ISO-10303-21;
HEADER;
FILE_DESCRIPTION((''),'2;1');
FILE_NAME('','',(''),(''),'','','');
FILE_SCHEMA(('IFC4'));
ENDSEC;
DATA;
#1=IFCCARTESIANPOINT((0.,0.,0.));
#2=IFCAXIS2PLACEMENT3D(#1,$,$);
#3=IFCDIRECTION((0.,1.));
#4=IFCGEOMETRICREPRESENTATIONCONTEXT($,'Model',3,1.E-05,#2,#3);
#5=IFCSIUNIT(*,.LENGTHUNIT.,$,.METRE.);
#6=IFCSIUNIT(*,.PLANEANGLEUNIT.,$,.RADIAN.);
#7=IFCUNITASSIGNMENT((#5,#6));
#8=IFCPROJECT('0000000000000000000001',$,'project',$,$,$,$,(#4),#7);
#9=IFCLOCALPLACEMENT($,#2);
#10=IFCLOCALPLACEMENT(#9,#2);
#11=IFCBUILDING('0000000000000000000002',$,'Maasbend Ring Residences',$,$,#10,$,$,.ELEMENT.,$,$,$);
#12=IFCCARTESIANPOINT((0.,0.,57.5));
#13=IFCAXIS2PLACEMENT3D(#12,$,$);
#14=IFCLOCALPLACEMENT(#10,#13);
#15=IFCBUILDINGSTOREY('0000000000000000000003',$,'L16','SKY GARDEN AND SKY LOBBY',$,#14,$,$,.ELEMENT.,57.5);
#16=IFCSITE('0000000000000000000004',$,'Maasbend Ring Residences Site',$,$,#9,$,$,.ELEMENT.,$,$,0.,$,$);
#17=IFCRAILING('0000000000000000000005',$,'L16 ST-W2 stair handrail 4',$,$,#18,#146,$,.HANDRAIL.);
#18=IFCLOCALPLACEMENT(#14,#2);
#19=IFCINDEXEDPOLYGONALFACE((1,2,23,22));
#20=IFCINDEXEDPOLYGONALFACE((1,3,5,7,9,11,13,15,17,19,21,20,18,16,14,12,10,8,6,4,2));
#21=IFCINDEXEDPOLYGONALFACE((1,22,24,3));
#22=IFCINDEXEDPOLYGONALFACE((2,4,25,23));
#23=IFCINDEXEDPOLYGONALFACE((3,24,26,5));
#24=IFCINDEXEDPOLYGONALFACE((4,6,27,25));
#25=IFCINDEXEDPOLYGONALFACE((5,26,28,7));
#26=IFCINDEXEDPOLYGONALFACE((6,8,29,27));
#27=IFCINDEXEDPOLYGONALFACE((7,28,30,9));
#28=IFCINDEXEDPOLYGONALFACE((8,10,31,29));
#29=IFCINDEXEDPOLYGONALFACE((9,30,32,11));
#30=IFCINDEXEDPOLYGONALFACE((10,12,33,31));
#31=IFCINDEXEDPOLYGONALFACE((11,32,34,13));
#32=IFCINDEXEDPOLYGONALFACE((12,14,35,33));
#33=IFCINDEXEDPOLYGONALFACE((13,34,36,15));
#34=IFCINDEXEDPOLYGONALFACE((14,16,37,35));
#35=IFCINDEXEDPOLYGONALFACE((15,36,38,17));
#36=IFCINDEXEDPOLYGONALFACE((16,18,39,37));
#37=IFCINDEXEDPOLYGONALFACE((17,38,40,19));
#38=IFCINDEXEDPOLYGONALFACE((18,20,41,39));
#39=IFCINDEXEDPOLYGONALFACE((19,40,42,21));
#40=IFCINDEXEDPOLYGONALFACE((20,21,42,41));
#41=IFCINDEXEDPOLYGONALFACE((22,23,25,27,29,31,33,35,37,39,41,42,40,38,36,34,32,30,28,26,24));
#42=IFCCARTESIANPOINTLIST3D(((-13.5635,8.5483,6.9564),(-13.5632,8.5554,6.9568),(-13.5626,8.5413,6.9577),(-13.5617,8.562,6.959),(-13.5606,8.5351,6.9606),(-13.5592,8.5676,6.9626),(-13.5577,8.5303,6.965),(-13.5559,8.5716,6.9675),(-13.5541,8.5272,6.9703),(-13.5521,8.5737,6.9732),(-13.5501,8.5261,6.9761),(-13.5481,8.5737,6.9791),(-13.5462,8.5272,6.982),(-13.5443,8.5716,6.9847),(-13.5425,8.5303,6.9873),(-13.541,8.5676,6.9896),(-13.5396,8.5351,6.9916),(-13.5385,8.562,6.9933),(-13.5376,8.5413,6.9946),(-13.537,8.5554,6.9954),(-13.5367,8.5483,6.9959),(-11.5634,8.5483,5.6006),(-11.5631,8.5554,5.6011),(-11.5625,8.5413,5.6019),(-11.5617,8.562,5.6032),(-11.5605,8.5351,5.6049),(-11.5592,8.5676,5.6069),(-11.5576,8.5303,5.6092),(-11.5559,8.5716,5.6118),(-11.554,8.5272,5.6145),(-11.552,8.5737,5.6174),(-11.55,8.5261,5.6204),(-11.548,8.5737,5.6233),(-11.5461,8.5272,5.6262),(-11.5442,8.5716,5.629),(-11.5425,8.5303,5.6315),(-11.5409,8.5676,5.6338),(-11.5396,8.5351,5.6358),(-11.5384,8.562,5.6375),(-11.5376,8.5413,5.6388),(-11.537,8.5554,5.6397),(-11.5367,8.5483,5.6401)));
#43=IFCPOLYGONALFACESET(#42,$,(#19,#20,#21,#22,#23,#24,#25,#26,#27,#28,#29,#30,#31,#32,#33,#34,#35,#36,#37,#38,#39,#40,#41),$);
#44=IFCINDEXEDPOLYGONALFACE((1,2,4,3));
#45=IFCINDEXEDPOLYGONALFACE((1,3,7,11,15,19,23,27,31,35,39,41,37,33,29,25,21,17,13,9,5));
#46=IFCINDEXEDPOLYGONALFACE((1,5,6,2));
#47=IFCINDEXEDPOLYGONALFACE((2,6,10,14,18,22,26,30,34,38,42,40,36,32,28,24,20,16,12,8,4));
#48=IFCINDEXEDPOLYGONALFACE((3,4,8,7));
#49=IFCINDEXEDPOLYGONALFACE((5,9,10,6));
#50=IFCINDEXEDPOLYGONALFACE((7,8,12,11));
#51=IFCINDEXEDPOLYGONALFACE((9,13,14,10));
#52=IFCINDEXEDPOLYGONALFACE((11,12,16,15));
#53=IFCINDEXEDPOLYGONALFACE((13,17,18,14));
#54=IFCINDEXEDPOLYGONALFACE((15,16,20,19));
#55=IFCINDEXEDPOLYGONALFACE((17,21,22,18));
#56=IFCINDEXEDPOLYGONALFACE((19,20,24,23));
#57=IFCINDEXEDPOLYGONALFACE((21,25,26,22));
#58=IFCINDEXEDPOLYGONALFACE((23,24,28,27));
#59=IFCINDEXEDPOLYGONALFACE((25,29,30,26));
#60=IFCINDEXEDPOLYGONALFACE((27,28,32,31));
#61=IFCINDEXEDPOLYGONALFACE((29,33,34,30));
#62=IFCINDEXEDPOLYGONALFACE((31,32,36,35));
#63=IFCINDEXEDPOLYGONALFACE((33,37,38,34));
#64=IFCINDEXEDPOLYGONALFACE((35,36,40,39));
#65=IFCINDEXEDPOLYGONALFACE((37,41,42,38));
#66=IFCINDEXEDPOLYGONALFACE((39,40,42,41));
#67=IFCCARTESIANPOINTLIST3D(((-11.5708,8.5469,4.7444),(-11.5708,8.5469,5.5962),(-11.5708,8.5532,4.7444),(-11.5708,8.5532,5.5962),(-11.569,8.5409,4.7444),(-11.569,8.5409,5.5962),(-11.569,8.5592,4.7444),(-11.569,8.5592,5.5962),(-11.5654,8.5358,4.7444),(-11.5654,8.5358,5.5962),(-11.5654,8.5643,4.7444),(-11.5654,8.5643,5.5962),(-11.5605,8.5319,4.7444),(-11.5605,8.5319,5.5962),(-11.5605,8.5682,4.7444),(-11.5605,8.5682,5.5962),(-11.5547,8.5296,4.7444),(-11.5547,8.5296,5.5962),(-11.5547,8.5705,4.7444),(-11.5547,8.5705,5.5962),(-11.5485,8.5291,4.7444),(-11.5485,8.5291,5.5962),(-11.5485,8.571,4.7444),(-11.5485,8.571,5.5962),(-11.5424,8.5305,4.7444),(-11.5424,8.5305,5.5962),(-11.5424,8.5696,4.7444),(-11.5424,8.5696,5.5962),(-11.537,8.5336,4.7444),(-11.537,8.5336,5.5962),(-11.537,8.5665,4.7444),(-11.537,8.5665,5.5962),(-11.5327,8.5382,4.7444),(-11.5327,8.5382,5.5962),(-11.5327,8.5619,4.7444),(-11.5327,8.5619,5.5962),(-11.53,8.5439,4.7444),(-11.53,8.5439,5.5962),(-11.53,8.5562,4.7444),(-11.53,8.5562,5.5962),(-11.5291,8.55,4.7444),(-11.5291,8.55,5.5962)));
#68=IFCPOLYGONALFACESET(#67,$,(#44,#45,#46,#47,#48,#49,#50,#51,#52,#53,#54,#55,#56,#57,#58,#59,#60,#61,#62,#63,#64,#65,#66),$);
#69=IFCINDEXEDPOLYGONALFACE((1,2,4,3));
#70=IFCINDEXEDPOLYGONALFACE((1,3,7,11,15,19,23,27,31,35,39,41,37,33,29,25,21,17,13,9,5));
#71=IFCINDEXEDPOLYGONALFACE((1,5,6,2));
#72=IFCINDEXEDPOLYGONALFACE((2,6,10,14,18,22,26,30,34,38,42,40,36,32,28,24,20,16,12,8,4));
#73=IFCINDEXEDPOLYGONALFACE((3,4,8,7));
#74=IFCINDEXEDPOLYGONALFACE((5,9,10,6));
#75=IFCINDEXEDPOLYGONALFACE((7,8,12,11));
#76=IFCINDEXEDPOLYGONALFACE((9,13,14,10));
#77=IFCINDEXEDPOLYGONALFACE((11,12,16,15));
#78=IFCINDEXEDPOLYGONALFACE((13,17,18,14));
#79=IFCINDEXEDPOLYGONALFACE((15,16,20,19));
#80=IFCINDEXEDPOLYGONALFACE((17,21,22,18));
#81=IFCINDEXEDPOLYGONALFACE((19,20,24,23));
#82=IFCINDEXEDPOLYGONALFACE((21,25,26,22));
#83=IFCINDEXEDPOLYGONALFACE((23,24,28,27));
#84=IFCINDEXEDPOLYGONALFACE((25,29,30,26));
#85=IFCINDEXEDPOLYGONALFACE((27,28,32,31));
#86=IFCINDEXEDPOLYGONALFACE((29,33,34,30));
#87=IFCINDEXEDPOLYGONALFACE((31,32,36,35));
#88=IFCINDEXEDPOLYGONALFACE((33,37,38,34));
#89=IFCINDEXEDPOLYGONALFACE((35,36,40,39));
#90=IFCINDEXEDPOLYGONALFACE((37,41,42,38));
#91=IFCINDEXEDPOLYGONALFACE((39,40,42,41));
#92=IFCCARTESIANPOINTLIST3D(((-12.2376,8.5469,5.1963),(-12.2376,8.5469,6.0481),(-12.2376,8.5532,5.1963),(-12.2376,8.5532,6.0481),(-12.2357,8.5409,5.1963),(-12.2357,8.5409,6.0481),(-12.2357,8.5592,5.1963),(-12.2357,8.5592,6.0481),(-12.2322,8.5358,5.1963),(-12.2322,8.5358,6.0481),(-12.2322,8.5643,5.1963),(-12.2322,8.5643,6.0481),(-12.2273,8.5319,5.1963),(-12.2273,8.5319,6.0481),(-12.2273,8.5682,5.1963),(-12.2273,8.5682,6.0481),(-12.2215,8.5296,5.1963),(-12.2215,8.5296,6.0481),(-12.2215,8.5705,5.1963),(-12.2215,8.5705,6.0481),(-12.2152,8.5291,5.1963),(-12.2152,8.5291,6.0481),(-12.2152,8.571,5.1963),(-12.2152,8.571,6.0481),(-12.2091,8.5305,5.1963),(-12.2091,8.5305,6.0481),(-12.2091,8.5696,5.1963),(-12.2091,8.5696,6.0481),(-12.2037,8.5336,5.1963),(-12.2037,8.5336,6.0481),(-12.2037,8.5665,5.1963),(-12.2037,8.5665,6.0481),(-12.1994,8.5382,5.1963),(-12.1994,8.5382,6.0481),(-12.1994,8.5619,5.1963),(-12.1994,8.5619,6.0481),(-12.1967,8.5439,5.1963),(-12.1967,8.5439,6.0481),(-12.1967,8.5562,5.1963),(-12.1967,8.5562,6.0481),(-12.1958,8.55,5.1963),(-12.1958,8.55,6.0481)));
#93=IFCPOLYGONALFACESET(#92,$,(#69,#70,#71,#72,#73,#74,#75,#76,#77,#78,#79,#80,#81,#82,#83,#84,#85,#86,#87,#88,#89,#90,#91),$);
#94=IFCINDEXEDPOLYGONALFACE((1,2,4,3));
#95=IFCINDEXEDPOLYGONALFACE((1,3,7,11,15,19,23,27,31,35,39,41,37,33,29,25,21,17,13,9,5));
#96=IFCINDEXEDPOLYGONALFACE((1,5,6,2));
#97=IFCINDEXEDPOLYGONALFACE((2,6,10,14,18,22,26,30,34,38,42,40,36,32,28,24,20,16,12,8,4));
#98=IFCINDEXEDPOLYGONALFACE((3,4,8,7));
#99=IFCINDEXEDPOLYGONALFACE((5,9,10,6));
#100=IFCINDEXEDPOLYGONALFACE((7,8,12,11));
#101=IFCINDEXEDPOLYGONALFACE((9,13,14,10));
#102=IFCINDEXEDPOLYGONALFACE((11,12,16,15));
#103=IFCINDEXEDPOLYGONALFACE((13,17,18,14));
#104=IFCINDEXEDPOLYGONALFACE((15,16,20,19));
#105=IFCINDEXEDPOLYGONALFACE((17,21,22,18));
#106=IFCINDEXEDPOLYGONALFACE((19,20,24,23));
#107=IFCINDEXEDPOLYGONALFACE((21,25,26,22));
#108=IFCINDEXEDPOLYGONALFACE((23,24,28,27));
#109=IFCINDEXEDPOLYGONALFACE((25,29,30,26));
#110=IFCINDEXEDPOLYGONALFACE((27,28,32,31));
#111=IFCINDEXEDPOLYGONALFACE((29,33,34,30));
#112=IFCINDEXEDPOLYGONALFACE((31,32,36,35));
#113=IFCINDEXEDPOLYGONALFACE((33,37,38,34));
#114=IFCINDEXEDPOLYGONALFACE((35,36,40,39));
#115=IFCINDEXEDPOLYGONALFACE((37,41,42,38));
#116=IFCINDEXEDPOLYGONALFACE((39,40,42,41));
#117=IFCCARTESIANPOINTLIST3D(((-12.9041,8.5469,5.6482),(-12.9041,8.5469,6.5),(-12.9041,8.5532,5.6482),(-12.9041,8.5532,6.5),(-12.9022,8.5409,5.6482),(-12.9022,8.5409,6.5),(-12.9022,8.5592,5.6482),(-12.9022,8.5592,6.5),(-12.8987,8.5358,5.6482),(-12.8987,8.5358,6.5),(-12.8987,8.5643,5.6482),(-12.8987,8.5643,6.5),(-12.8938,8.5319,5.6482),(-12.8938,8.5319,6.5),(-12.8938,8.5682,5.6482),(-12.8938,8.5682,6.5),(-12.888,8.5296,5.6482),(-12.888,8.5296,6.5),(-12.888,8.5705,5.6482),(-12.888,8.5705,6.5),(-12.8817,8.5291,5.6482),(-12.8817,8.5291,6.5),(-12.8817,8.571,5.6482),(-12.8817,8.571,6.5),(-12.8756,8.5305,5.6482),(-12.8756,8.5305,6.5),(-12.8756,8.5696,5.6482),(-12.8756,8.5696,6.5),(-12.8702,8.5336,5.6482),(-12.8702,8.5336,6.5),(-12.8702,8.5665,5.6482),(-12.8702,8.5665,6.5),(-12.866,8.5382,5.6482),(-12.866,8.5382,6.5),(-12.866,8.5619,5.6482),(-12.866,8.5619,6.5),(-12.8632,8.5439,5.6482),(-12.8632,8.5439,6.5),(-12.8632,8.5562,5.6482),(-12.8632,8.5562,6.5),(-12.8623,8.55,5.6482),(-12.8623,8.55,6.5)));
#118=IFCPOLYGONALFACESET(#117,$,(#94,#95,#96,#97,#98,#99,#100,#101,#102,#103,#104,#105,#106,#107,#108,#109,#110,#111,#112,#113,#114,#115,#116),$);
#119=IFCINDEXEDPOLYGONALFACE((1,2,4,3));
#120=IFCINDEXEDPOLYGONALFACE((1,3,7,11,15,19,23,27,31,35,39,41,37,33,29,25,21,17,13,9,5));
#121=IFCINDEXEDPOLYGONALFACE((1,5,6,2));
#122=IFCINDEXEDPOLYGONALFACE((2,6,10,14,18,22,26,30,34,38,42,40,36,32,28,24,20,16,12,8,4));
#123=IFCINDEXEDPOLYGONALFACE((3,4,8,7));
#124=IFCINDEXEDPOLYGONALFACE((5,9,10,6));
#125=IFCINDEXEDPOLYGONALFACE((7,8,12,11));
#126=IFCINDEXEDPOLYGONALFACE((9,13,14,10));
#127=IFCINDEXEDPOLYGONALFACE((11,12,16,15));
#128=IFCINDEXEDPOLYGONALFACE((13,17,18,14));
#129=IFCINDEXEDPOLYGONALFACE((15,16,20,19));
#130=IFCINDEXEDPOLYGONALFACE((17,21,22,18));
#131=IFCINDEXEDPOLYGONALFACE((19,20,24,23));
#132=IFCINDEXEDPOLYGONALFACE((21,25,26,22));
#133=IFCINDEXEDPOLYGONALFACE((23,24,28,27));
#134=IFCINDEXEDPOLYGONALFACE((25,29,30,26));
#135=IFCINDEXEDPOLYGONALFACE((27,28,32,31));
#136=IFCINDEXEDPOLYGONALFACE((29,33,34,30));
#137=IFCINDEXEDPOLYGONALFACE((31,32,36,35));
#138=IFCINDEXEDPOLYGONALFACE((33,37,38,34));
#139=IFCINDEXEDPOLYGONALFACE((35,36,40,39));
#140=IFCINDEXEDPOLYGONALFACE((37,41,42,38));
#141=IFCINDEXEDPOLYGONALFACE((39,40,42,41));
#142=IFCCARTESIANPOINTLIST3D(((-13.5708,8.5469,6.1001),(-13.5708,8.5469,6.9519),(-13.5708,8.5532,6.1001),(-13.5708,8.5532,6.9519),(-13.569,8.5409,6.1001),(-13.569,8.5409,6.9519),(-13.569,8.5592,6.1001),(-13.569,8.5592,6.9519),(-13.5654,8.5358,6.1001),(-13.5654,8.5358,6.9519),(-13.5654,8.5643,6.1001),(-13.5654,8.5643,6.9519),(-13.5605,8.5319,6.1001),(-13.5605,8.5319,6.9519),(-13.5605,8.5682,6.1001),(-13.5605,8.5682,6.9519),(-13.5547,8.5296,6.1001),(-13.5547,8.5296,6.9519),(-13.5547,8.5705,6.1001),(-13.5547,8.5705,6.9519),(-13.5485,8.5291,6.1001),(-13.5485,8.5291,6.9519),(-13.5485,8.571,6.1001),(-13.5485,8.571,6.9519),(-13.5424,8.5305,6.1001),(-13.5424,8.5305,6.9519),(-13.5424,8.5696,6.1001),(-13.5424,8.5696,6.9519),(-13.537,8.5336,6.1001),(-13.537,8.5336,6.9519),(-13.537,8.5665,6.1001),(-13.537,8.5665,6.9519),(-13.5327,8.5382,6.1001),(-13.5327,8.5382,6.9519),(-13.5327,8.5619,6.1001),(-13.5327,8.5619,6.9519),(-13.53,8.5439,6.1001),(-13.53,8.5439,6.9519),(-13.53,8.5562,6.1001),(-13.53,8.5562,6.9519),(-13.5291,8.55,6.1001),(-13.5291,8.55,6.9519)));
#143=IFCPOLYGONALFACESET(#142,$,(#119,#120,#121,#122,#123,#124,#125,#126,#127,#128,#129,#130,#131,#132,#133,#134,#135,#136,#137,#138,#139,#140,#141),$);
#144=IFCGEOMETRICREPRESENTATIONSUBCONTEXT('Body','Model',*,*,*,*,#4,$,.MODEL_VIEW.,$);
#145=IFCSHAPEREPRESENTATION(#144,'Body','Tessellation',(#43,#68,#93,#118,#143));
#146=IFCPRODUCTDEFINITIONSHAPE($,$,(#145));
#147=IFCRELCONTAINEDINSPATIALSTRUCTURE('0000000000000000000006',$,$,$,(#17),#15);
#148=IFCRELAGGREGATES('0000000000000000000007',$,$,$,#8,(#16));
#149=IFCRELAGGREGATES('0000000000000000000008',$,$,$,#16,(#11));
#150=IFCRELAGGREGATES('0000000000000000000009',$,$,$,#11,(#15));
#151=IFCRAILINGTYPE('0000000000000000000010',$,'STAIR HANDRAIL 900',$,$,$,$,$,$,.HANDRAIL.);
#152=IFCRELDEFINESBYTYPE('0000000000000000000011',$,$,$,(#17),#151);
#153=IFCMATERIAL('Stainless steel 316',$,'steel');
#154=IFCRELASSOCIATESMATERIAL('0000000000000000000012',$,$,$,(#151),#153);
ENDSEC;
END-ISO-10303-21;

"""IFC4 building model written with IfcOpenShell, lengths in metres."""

from ifc_helpers import new_model, si_unit, direction, frame, origin, origin_2d, place, context, subcontext, project, spatial, circle, extrude, material, type_object, element, save


model = new_model("IFC4")

# Units and contexts
model_context = context("Model", 3, precision=1e-05, world=origin(), true_north=direction((0.0, 1.0)))
body_context = subcontext(model_context, "Body", "Model", "MODEL_VIEW")
ifc_project = project(units=[si_unit("LENGTHUNIT", "METRE"), si_unit("PLANEANGLEUNIT", "RADIAN")], contexts=[model_context])

# Site, building, storey
site_placement = place(None, origin())
site = spatial("IfcSite", under=ifc_project, at=site_placement, Name="Maasbend Ring Residences Site", CompositionType="ELEMENT", RefElevation=0.0)
building_placement = place(site_placement, origin())
building = spatial("IfcBuilding", under=site, at=building_placement, Name="Maasbend Ring Residences", CompositionType="ELEMENT")
storey_placement = place(building_placement, frame((0.0, 0.0, 57.5)))
storey = spatial("IfcBuildingStorey", under=building, at=storey_placement, Name="L16", Description="SKY GARDEN AND SKY LOBBY", CompositionType="ELEMENT", Elevation=57.5)

# Railing
ifc_material_1 = material(Name="Stainless steel 316", Category="steel")
railing_type = type_object("IfcRailingType", Name="STAIR HANDRAIL 900", PredefinedType="HANDRAIL", material=ifc_material_1)
railing_placement = place(storey_placement, frame((-11.55, 8.55, 4.7444)))
element("IfcRailing", 1, at=railing_placement, inside=storey, type_object=railing_type, Name="L16 ST-W2 stair handrail 4", PredefinedType="HANDRAIL", context=body_context, shape_type="SweptSolid", body=[
    extrude(circle(Radius=0.0239, at=origin_2d()), frame((0.0, 0.0, 0.876), z_axis=(-0.827751, 0.0, 0.561096), x_axis=(0.0, -1.0, 0.0)), (0.0, 0.0, 1.0), 2.4163),
    extrude(circle(Radius=0.021, at=origin_2d()), origin(), (0.0, 0.0, 1.0), 0.8518),
    extrude(circle(Radius=0.021, at=origin_2d()), frame((-0.6667, 0.0, 0.4519)), (0.0, 0.0, 1.0), 0.8518),
    extrude(circle(Radius=0.021, at=origin_2d()), frame((-1.3333, 0.0, 0.9038)), (0.0, 0.0, 1.0), 0.8518),
    extrude(circle(Radius=0.021, at=origin_2d()), frame((-2.0, 0.0, 1.3557)), (0.0, 0.0, 1.0), 0.8518),
])

save(model, "model.ifc")
